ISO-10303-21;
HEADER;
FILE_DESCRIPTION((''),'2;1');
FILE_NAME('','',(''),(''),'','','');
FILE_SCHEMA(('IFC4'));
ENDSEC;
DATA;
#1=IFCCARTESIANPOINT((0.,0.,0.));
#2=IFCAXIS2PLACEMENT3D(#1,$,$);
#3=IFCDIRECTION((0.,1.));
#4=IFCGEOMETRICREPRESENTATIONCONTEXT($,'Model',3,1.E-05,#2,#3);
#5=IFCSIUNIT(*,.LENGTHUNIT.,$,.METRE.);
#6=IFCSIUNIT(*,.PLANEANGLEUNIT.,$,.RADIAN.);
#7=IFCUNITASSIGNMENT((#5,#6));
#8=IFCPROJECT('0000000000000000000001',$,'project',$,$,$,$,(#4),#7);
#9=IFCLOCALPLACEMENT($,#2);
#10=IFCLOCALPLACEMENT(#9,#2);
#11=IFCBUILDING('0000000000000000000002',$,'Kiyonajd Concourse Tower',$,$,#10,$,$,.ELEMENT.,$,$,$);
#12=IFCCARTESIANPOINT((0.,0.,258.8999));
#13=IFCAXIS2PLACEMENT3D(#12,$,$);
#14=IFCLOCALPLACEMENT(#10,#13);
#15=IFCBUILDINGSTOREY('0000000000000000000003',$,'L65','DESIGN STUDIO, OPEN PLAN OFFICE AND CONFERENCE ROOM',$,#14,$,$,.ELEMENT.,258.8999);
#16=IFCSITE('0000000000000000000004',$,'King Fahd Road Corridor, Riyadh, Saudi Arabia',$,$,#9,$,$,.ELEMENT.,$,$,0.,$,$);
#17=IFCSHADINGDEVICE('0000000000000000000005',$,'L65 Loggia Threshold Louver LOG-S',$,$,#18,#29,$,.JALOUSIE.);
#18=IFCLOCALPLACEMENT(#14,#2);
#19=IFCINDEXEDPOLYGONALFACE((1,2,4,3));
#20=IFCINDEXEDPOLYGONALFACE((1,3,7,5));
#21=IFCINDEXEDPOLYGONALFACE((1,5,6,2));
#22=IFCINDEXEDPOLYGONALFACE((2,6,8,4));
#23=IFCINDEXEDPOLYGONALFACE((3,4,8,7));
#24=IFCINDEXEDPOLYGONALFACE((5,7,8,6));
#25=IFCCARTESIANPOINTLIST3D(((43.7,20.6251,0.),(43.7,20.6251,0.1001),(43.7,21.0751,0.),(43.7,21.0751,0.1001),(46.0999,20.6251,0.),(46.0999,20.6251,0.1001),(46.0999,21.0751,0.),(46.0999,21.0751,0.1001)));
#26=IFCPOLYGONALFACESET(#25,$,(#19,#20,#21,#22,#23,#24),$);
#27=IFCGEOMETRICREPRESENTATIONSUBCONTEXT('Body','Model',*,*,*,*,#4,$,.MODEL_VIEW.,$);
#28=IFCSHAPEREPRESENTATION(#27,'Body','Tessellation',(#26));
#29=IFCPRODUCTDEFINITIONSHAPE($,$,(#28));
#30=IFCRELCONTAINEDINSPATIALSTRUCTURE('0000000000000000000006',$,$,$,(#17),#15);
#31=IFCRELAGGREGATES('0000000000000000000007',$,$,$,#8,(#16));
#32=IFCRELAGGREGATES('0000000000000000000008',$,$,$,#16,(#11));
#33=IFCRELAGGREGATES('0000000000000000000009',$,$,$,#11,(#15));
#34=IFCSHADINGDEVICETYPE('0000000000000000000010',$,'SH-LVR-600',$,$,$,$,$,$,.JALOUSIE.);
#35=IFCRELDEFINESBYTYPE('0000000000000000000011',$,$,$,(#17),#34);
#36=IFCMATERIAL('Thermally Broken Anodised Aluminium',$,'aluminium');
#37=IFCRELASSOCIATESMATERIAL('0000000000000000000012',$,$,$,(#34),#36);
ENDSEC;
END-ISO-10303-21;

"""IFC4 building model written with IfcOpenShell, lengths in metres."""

from ifc_helpers import new_model, si_unit, direction, frame, origin, origin_2d, place, context, subcontext, project, spatial, rectangle, extrude, material, type_object, element, save


model = new_model("IFC4")

# Units and contexts
model_context = context("Model", 3, precision=1e-05, world=origin(), true_north=direction((0.0, 1.0)))
body_context = subcontext(model_context, "Body", "Model", "MODEL_VIEW")
ifc_project = project(units=[si_unit("LENGTHUNIT", "METRE"), si_unit("PLANEANGLEUNIT", "RADIAN")], contexts=[model_context])

# Site, building, storey
site_placement = place(None, origin())
site = spatial("IfcSite", under=ifc_project, at=site_placement, Name="King Fahd Road Corridor, Riyadh, Saudi Arabia", CompositionType="ELEMENT", RefElevation=0.0)
building_placement = place(site_placement, origin())
building = spatial("IfcBuilding", under=site, at=building_placement, Name="Kiyonajd Concourse Tower", CompositionType="ELEMENT")
storey_placement = place(building_placement, frame((0.0, 0.0, 258.8999)))
storey = spatial("IfcBuildingStorey", under=building, at=storey_placement, Name="L65", Description="DESIGN STUDIO, OPEN PLAN OFFICE AND CONFERENCE ROOM", CompositionType="ELEMENT", Elevation=258.8999)

# Shared definitions
ifc_material_1 = material(Name="Thermally Broken Anodised Aluminium", Category="aluminium")

# Shading device
shading_device_type_1 = type_object("IfcShadingDeviceType", Name="SH-LVR-600", PredefinedType="JALOUSIE", material=ifc_material_1)
shading_device_1_placement = place(storey_placement, frame((44.8999, 20.8501, 0.0), z_axis=(0.0, 0.0, 1.0), x_axis=(1.0, 0.0, 0.0)))
element("IfcShadingDevice", 1, at=shading_device_1_placement, inside=storey, type_object=shading_device_type_1, Name="L65 Loggia Threshold Louver LOG-S", PredefinedType="JALOUSIE", context=body_context, shape_type="SweptSolid", body=[
    extrude(rectangle(XDim=2.3999, YDim=0.45, at=origin_2d()), origin(), (0.0, 0.0, 1.0), 0.1001),
])

save(model, "model.ifc")
